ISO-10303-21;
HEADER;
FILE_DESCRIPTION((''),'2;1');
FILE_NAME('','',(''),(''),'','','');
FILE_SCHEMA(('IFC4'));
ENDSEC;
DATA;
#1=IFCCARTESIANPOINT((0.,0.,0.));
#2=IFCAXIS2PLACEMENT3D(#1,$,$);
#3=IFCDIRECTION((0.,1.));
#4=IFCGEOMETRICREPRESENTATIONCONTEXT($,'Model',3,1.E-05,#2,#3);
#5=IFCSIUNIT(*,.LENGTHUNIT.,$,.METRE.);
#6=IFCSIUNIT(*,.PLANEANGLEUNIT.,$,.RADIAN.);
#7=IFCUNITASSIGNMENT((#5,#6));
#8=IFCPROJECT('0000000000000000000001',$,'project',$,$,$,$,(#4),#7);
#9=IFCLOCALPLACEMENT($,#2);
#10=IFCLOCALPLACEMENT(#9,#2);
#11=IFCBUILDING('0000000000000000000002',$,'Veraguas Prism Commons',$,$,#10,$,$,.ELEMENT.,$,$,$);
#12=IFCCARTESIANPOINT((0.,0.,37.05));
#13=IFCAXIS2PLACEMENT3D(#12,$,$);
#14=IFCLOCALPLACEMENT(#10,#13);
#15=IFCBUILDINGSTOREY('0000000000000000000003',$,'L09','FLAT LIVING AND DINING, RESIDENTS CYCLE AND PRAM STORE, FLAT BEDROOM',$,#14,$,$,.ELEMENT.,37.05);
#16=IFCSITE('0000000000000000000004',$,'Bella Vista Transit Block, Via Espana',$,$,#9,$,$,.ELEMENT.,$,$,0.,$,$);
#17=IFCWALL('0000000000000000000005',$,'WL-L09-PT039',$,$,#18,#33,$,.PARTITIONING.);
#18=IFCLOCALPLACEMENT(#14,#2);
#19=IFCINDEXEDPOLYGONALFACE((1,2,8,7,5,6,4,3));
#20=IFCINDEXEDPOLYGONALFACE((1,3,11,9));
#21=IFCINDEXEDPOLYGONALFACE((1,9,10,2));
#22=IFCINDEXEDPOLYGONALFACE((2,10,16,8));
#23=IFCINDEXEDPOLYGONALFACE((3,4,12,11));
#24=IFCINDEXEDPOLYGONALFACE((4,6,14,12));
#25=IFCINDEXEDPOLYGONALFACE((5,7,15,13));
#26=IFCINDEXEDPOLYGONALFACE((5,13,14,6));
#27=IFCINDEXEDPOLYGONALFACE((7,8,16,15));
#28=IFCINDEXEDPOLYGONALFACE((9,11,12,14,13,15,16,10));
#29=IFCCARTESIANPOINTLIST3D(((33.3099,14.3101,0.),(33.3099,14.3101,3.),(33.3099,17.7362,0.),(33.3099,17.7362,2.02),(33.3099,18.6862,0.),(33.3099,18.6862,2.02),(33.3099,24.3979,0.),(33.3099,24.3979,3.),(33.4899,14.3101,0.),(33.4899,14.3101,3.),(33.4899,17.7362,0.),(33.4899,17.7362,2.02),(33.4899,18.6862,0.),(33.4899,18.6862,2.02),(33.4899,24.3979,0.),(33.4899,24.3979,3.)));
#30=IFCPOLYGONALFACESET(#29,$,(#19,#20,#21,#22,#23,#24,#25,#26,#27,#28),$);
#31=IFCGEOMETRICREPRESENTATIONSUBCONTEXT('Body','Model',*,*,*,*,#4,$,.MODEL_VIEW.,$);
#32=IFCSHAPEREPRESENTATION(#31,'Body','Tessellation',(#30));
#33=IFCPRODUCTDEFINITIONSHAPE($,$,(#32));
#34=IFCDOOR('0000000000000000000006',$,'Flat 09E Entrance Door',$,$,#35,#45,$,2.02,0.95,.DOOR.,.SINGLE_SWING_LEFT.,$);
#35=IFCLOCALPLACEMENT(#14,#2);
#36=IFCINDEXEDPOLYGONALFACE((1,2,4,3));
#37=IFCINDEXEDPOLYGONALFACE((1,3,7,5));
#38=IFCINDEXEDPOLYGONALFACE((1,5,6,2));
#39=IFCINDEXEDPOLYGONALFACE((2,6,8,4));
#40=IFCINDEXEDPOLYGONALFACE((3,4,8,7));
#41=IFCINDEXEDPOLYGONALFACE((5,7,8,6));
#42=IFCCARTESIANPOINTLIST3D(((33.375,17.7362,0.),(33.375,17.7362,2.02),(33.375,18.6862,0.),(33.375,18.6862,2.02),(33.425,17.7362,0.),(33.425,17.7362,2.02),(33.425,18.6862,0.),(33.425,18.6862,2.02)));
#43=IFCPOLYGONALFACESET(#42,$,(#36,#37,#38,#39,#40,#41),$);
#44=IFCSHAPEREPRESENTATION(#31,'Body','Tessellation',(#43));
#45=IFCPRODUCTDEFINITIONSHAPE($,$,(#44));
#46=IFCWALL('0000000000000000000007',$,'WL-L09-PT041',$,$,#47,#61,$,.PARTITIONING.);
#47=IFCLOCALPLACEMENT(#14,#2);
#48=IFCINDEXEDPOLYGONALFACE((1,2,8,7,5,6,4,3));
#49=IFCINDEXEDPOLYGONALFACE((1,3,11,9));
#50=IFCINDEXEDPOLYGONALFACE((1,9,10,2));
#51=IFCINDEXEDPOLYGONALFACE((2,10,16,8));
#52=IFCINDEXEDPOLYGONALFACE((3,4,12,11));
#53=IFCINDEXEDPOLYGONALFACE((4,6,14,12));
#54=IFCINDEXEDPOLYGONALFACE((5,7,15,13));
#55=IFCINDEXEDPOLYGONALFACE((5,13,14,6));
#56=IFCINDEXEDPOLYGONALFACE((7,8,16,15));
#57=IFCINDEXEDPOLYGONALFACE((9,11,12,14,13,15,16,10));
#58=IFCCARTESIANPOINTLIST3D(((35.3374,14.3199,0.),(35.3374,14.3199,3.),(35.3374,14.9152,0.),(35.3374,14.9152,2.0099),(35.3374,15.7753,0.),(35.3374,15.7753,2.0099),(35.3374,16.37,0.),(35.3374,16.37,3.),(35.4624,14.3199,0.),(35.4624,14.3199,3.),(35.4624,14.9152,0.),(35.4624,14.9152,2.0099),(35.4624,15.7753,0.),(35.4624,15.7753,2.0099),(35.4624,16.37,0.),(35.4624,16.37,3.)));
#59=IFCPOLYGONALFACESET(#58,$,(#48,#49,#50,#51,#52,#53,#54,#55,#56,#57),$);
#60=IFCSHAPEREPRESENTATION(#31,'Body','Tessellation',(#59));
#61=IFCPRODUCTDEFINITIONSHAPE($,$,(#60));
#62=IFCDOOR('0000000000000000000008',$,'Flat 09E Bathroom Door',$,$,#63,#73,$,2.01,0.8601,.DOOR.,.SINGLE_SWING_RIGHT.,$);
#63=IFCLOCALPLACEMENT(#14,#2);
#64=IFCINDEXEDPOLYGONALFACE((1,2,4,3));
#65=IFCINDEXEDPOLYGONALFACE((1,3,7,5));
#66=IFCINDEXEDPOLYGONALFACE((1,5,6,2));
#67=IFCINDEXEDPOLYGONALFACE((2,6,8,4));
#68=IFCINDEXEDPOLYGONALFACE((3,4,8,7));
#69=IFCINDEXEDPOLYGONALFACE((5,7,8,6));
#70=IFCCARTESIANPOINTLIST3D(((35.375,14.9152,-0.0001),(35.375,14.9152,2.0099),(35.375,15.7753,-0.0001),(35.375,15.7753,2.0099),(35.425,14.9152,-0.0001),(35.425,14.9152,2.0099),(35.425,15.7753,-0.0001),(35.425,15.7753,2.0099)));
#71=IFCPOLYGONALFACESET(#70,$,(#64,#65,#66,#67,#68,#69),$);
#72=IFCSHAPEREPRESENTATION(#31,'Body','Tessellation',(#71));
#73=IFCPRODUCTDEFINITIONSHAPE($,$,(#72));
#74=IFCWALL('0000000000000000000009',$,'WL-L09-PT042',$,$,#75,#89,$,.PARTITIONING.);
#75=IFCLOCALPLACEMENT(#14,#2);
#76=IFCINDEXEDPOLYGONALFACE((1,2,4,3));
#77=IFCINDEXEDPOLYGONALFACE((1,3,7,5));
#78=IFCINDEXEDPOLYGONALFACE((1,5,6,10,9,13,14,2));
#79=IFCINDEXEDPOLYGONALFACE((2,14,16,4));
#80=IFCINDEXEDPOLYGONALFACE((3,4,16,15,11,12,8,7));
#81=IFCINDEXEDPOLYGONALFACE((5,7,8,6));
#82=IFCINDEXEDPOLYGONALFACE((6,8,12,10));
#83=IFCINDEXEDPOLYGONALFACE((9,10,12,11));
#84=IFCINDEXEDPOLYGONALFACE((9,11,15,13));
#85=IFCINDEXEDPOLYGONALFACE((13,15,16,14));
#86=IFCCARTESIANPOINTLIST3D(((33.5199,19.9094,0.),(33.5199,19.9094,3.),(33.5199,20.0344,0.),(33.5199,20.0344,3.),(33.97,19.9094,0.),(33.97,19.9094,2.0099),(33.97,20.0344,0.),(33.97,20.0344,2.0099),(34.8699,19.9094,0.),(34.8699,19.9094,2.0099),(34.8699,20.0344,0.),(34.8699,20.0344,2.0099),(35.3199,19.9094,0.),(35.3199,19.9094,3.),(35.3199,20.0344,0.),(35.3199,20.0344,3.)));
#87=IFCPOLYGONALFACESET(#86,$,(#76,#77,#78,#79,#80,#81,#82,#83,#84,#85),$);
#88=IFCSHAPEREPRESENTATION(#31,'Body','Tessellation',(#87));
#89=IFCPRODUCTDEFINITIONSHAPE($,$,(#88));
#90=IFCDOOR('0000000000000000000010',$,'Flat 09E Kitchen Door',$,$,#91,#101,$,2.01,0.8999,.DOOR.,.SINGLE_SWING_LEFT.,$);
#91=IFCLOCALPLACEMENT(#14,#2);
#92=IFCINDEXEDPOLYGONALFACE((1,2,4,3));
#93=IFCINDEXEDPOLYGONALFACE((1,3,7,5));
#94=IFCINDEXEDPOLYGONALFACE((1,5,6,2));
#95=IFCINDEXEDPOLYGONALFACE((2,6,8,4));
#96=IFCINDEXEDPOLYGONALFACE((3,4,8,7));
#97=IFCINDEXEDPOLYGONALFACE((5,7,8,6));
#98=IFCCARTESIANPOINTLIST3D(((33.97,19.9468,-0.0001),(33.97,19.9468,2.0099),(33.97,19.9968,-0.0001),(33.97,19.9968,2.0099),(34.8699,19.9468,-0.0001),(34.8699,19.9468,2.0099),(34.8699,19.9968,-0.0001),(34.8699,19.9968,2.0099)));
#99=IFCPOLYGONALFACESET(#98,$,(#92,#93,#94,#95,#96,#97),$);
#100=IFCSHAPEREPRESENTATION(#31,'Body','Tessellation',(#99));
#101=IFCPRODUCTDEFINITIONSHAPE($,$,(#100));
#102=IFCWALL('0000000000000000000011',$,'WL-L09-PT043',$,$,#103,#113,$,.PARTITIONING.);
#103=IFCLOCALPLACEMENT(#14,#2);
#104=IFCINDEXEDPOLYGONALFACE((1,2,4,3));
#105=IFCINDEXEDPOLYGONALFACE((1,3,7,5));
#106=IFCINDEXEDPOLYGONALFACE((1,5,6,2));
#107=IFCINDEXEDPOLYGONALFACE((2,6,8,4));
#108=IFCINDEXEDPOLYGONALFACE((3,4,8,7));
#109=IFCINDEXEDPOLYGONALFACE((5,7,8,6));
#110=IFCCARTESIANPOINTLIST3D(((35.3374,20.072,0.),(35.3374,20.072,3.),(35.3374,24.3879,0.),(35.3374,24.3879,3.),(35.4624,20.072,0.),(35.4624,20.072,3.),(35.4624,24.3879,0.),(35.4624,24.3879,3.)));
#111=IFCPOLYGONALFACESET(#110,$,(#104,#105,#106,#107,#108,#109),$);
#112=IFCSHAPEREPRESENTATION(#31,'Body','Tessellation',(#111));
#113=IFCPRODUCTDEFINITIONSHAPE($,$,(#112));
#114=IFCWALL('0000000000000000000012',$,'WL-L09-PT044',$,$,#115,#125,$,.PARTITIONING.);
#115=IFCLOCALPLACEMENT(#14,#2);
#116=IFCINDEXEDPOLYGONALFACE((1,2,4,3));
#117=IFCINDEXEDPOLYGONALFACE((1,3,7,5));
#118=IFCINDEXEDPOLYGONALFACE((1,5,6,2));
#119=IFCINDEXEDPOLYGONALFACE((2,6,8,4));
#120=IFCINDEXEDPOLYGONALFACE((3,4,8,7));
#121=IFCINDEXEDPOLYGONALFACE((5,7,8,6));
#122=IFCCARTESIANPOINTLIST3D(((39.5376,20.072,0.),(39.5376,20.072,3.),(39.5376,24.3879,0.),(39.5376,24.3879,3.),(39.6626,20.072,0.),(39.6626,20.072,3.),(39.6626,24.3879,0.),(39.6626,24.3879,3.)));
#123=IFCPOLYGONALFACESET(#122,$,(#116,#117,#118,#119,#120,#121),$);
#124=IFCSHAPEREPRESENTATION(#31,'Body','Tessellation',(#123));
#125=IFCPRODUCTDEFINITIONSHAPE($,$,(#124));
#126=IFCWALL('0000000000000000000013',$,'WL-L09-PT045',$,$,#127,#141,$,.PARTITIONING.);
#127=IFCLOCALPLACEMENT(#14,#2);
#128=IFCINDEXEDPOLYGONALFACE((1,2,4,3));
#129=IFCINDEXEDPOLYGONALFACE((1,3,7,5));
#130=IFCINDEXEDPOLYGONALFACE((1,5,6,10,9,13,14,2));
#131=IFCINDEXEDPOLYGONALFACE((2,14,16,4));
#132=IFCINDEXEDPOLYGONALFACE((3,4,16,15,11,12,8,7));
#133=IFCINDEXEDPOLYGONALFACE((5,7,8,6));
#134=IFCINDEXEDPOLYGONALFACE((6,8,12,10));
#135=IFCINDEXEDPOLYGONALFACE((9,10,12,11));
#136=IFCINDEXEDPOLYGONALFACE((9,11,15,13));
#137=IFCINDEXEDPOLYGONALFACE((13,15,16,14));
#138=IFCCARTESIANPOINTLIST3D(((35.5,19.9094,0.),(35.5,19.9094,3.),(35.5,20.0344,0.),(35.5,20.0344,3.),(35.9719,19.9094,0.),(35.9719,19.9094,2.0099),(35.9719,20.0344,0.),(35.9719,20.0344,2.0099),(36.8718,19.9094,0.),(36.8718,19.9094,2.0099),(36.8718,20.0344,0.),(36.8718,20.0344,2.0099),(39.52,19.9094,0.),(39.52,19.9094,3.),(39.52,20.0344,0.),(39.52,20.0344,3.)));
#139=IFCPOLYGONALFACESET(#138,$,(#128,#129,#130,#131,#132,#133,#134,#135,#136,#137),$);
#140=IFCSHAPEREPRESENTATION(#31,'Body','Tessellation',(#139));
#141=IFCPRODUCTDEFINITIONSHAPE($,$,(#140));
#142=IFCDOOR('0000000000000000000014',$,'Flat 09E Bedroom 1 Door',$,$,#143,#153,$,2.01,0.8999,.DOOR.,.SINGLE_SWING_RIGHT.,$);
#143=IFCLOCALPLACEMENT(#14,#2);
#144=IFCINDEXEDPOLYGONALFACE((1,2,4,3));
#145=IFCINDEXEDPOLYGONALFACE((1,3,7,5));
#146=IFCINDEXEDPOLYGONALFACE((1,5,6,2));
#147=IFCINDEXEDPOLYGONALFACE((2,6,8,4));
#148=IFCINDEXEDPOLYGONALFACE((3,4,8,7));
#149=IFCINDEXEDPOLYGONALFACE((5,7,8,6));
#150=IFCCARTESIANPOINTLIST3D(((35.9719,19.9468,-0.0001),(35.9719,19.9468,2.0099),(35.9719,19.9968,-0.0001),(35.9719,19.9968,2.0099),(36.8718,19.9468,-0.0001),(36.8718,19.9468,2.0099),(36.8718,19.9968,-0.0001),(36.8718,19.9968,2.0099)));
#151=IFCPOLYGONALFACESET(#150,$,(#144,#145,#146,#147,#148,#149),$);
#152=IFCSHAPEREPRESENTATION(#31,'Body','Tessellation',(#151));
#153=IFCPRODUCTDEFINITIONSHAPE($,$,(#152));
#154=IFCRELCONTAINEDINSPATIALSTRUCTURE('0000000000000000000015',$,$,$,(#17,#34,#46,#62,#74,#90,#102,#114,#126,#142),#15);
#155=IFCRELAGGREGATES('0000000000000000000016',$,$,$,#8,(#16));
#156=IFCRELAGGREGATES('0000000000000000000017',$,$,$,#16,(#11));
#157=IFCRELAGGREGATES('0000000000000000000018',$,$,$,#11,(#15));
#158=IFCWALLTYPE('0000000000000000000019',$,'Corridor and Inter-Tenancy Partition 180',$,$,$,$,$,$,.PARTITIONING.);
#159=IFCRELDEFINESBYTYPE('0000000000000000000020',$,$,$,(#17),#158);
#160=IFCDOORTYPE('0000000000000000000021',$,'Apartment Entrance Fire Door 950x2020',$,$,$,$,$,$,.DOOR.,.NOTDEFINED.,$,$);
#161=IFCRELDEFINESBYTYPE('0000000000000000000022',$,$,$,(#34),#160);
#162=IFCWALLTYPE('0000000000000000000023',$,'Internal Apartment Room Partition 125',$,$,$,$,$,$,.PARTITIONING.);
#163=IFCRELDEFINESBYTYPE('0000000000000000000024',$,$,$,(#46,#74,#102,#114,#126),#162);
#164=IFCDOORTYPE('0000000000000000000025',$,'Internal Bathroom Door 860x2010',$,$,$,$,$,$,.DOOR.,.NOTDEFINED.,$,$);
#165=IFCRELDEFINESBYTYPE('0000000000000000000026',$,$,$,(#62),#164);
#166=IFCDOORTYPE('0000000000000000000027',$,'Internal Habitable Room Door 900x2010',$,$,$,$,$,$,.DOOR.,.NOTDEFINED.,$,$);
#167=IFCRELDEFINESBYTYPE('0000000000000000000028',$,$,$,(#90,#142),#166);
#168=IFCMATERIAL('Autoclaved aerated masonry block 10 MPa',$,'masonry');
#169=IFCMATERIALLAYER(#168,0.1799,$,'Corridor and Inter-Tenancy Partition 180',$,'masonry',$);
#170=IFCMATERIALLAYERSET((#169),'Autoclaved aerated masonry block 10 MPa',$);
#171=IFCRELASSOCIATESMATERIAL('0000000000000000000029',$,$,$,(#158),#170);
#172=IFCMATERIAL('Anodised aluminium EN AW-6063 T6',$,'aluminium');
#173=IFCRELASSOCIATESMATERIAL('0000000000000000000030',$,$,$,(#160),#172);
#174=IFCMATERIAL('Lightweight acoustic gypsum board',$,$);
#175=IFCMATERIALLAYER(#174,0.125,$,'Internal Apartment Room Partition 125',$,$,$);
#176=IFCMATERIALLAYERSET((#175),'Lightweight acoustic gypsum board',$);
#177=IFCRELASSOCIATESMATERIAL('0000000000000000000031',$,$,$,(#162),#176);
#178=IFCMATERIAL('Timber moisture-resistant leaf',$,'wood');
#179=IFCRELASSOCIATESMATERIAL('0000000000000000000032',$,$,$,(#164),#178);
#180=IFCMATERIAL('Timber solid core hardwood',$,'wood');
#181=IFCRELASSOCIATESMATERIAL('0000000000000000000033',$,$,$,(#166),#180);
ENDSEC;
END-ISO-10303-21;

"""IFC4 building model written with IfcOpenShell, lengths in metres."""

from ifc_helpers import new_model, si_unit, direction, frame, frame_2d, origin, place, context, subcontext, project, spatial, rectangle, extrude, source, transform, mapped, material, layer, layer_set, type_object, element, fill, save


model = new_model("IFC4")

# Units and contexts
model_context = context("Model", 3, precision=1e-05, world=origin(), true_north=direction((0.0, 1.0)))
body_context = subcontext(model_context, "Body", "Model", "MODEL_VIEW")
ifc_project = project(units=[si_unit("LENGTHUNIT", "METRE"), si_unit("PLANEANGLEUNIT", "RADIAN")], contexts=[model_context])

# Site, building, storey
site_placement = place(None, origin())
site = spatial("IfcSite", under=ifc_project, at=site_placement, Name="Bella Vista Transit Block, Via Espana", CompositionType="ELEMENT", RefElevation=0.0)
building_placement = place(site_placement, origin())
building = spatial("IfcBuilding", under=site, at=building_placement, Name="Veraguas Prism Commons", CompositionType="ELEMENT")
storey_placement = place(building_placement, frame((0.0, 0.0, 37.05)))
storey = spatial("IfcBuildingStorey", under=building, at=storey_placement, Name="L09", Description="FLAT LIVING AND DINING, RESIDENTS CYCLE AND PRAM STORE, FLAT BEDROOM", CompositionType="ELEMENT", Elevation=37.05)

# Shared definitions
ifc_material_1 = material(Name="Anodised aluminium EN AW-6063 T6", Category="aluminium")

# Walls, openings, doors
ifc_material_2 = material(Name="Autoclaved aerated masonry block 10 MPa", Category="masonry")
ifc_layer_1 = layer(ifc_material_2, 0.1799, Name="Corridor and Inter-Tenancy Partition 180", Category="masonry")
ifc_layer_set_1 = layer_set([ifc_layer_1], Name="Autoclaved aerated masonry block 10 MPa")
wall_type_1 = type_object("IfcWallType", Name="Corridor and Inter-Tenancy Partition 180", PredefinedType="PARTITIONING", material=ifc_layer_set_1)
wall_1_placement = place(storey_placement, frame((33.3999, 14.3101, 0.0), z_axis=(0.0, 0.0, 1.0), x_axis=(0.0, 1.0, 0.0)))
wall_1 = element("IfcWall", 1, at=wall_1_placement, inside=storey, type_object=wall_type_1, Name="WL-L09-PT039", PredefinedType="PARTITIONING", context=body_context, shape_type="SweptSolid", body=[
    extrude(rectangle(XDim=10.0879, YDim=0.1799, at=frame_2d((5.0439, 0.0))), origin(), (0.0, 0.0, 1.0), 3.0),
])
opening_1_placement = place(wall_1_placement, frame((3.426, 0.0, 0.0)))
opening_1 = element("IfcOpeningElement", 2, at=opening_1_placement, cuts=wall_1, PredefinedType="OPENING", context=body_context, shape_type="SweptSolid", body=[
    extrude(rectangle(XDim=0.95, YDim=2.02, at=frame_2d((0.4751, 1.01))), frame((0.0, 0.0999, 0.0), z_axis=(0.0, -1.0, 0.0), x_axis=(1.0, 0.0, 0.0)), (0.0, 0.0, 1.0), 0.2),
])
door_type_1 = type_object("IfcDoorType", Name="Apartment Entrance Fire Door 950x2020", OperationType="NOTDEFINED", PredefinedType="DOOR", material=ifc_material_1)
shared_shape_1 = source(origin(), body_context, "Body", "SweptSolid", [
    extrude(rectangle(XDim=0.95, YDim=2.02, at=frame_2d((0.4751, 1.01))), frame((0.0, 0.0249, 0.0), z_axis=(0.0, -1.0, 0.0), x_axis=(1.0, 0.0, 0.0)), (0.0, 0.0, 1.0), 0.05),
])
door_1_placement = place(opening_1_placement, origin())
door_1 = element("IfcDoor", 3, at=door_1_placement, inside=storey, type_object=door_type_1, Name="Flat 09E Entrance Door", OperationType="SINGLE_SWING_LEFT", OverallHeight=2.02, OverallWidth=0.95, PredefinedType="DOOR", context=body_context, shape_type="MappedRepresentation", body=[
    mapped(shared_shape_1, transform((0.0, 0.0, 0.0), scale=1.0)),
])
fill(opening_1, door_1)
ifc_material_3 = material(Name="Lightweight acoustic gypsum board")
ifc_layer_2 = layer(ifc_material_3, 0.125, Name="Internal Apartment Room Partition 125")
ifc_layer_set_2 = layer_set([ifc_layer_2], Name="Lightweight acoustic gypsum board")
wall_type_2 = type_object("IfcWallType", Name="Internal Apartment Room Partition 125", PredefinedType="PARTITIONING", material=ifc_layer_set_2)
wall_2_placement = place(storey_placement, frame((35.3999, 14.3201, 0.0), z_axis=(0.0, 0.0, 1.0), x_axis=(0.0, 1.0, 0.0)))
wall_2 = element("IfcWall", 4, at=wall_2_placement, inside=storey, type_object=wall_type_2, Name="WL-L09-PT041", PredefinedType="PARTITIONING", context=body_context, shape_type="SweptSolid", body=[
    extrude(rectangle(XDim=2.05, YDim=0.125, at=frame_2d((1.0249, 0.0))), origin(), (0.0, 0.0, 1.0), 3.0),
])
opening_2_placement = place(wall_2_placement, frame((0.595, 0.0, 0.0)))
opening_2 = element("IfcOpeningElement", 5, at=opening_2_placement, cuts=wall_2, PredefinedType="OPENING", context=body_context, shape_type="SweptSolid", body=[
    extrude(rectangle(XDim=0.8601, YDim=2.01, at=frame_2d((0.4302, 1.0049))), frame((0.0, 0.0725, 0.0), z_axis=(0.0, -1.0, 0.0), x_axis=(1.0, 0.0, 0.0)), (0.0, 0.0, 1.0), 0.145),
])
ifc_material_4 = material(Name="Timber moisture-resistant leaf", Category="wood")
door_type_2 = type_object("IfcDoorType", Name="Internal Bathroom Door 860x2010", OperationType="NOTDEFINED", PredefinedType="DOOR", material=ifc_material_4)
shared_shape_2 = source(origin(), body_context, "Body", "SweptSolid", [
    extrude(rectangle(XDim=0.8601, YDim=2.01, at=frame_2d((0.4302, 1.0049))), frame((0.0, 0.0249, 0.0), z_axis=(0.0, -1.0, 0.0), x_axis=(1.0, 0.0, 0.0)), (0.0, 0.0, 1.0), 0.05),
])
door_2_placement = place(opening_2_placement, origin())
door_2 = element("IfcDoor", 6, at=door_2_placement, inside=storey, type_object=door_type_2, Name="Flat 09E Bathroom Door", OperationType="SINGLE_SWING_RIGHT", OverallHeight=2.01, OverallWidth=0.8601, PredefinedType="DOOR", context=body_context, shape_type="MappedRepresentation", body=[
    mapped(shared_shape_2, transform((0.0, 0.0, 0.0), scale=1.0)),
])
fill(opening_2, door_2)
wall_3_placement = place(storey_placement, frame((33.52, 19.9719, 0.0), z_axis=(0.0, 0.0, 1.0), x_axis=(1.0, 0.0, 0.0)))
wall_3 = element("IfcWall", 7, at=wall_3_placement, inside=storey, type_object=wall_type_2, Name="WL-L09-PT042", PredefinedType="PARTITIONING", context=body_context, shape_type="SweptSolid", body=[
    extrude(rectangle(XDim=1.8, YDim=0.125, at=frame_2d((0.8999, 0.0))), origin(), (0.0, 0.0, 1.0), 3.0),
])
opening_3_placement = place(wall_3_placement, frame((0.45, 0.0, 0.0)))
opening_3 = element("IfcOpeningElement", 8, at=opening_3_placement, cuts=wall_3, PredefinedType="OPENING", context=body_context, shape_type="SweptSolid", body=[
    extrude(rectangle(XDim=0.8999, YDim=2.01, at=frame_2d((0.45, 1.0049))), frame((0.0, 0.0725, 0.0), z_axis=(0.0, -1.0, 0.0), x_axis=(1.0, 0.0, 0.0)), (0.0, 0.0, 1.0), 0.145),
])
ifc_material_5 = material(Name="Timber solid core hardwood", Category="wood")
door_type_3 = type_object("IfcDoorType", Name="Internal Habitable Room Door 900x2010", OperationType="NOTDEFINED", PredefinedType="DOOR", material=ifc_material_5)
shared_shape_3 = source(origin(), body_context, "Body", "SweptSolid", [
    extrude(rectangle(XDim=0.8999, YDim=2.01, at=frame_2d((0.45, 1.0049))), frame((0.0, 0.0249, 0.0), z_axis=(0.0, -1.0, 0.0), x_axis=(1.0, 0.0, 0.0)), (0.0, 0.0, 1.0), 0.05),
])
door_3_placement = place(opening_3_placement, origin())
door_3 = element("IfcDoor", 9, at=door_3_placement, inside=storey, type_object=door_type_3, Name="Flat 09E Kitchen Door", OperationType="SINGLE_SWING_LEFT", OverallHeight=2.01, OverallWidth=0.8999, PredefinedType="DOOR", context=body_context, shape_type="MappedRepresentation", body=[
    mapped(shared_shape_3, transform((0.0, 0.0, 0.0), scale=1.0)),
])
fill(opening_3, door_3)

# Walls
for number, where, z_axis, x_axis, name in (
    (10, (35.3999, 20.072, 0.0), (0.0, 0.0, 1.0), (0.0, 1.0, 0.0), "WL-L09-PT043"),
    (11, (39.6001, 20.072, 0.0), (0.0, 0.0, 1.0), (0.0, 1.0, 0.0), "WL-L09-PT044"),
):
    element("IfcWall", number, at=place(storey_placement, frame(where, z_axis=z_axis, x_axis=x_axis)), inside=storey, type_object=wall_type_2, Name=name, PredefinedType="PARTITIONING", context=body_context, shape_type="SweptSolid", body=[
        extrude(rectangle(XDim=4.3159, YDim=0.125, at=frame_2d((2.158, 0.0))), origin(), (0.0, 0.0, 1.0), 3.0),
    ])

# Wall, opening, door
wall_4_placement = place(storey_placement, frame((35.5, 19.9719, 0.0), z_axis=(0.0, 0.0, 1.0), x_axis=(1.0, 0.0, 0.0)))
wall_4 = element("IfcWall", 12, at=wall_4_placement, inside=storey, type_object=wall_type_2, Name="WL-L09-PT045", PredefinedType="PARTITIONING", context=body_context, shape_type="SweptSolid", body=[
    extrude(rectangle(XDim=4.02, YDim=0.125, at=frame_2d((2.01, 0.0))), origin(), (0.0, 0.0, 1.0), 3.0),
])
opening_4_placement = place(wall_4_placement, frame((0.4719, 0.0, 0.0)))
opening_4 = element("IfcOpeningElement", 13, at=opening_4_placement, cuts=wall_4, PredefinedType="OPENING", context=body_context, shape_type="SweptSolid", body=[
    extrude(rectangle(XDim=0.8999, YDim=2.01, at=frame_2d((0.45, 1.0049))), frame((0.0, 0.0725, 0.0), z_axis=(0.0, -1.0, 0.0), x_axis=(1.0, 0.0, 0.0)), (0.0, 0.0, 1.0), 0.145),
])
door_4_placement = place(opening_4_placement, origin())
door_4 = element("IfcDoor", 14, at=door_4_placement, inside=storey, type_object=door_type_3, Name="Flat 09E Bedroom 1 Door", OperationType="SINGLE_SWING_RIGHT", OverallHeight=2.01, OverallWidth=0.8999, PredefinedType="DOOR", context=body_context, shape_type="MappedRepresentation", body=[
    mapped(shared_shape_3, transform((0.0, 0.0, 0.0), scale=1.0)),
])
fill(opening_4, door_4)

save(model, "model.ifc")
